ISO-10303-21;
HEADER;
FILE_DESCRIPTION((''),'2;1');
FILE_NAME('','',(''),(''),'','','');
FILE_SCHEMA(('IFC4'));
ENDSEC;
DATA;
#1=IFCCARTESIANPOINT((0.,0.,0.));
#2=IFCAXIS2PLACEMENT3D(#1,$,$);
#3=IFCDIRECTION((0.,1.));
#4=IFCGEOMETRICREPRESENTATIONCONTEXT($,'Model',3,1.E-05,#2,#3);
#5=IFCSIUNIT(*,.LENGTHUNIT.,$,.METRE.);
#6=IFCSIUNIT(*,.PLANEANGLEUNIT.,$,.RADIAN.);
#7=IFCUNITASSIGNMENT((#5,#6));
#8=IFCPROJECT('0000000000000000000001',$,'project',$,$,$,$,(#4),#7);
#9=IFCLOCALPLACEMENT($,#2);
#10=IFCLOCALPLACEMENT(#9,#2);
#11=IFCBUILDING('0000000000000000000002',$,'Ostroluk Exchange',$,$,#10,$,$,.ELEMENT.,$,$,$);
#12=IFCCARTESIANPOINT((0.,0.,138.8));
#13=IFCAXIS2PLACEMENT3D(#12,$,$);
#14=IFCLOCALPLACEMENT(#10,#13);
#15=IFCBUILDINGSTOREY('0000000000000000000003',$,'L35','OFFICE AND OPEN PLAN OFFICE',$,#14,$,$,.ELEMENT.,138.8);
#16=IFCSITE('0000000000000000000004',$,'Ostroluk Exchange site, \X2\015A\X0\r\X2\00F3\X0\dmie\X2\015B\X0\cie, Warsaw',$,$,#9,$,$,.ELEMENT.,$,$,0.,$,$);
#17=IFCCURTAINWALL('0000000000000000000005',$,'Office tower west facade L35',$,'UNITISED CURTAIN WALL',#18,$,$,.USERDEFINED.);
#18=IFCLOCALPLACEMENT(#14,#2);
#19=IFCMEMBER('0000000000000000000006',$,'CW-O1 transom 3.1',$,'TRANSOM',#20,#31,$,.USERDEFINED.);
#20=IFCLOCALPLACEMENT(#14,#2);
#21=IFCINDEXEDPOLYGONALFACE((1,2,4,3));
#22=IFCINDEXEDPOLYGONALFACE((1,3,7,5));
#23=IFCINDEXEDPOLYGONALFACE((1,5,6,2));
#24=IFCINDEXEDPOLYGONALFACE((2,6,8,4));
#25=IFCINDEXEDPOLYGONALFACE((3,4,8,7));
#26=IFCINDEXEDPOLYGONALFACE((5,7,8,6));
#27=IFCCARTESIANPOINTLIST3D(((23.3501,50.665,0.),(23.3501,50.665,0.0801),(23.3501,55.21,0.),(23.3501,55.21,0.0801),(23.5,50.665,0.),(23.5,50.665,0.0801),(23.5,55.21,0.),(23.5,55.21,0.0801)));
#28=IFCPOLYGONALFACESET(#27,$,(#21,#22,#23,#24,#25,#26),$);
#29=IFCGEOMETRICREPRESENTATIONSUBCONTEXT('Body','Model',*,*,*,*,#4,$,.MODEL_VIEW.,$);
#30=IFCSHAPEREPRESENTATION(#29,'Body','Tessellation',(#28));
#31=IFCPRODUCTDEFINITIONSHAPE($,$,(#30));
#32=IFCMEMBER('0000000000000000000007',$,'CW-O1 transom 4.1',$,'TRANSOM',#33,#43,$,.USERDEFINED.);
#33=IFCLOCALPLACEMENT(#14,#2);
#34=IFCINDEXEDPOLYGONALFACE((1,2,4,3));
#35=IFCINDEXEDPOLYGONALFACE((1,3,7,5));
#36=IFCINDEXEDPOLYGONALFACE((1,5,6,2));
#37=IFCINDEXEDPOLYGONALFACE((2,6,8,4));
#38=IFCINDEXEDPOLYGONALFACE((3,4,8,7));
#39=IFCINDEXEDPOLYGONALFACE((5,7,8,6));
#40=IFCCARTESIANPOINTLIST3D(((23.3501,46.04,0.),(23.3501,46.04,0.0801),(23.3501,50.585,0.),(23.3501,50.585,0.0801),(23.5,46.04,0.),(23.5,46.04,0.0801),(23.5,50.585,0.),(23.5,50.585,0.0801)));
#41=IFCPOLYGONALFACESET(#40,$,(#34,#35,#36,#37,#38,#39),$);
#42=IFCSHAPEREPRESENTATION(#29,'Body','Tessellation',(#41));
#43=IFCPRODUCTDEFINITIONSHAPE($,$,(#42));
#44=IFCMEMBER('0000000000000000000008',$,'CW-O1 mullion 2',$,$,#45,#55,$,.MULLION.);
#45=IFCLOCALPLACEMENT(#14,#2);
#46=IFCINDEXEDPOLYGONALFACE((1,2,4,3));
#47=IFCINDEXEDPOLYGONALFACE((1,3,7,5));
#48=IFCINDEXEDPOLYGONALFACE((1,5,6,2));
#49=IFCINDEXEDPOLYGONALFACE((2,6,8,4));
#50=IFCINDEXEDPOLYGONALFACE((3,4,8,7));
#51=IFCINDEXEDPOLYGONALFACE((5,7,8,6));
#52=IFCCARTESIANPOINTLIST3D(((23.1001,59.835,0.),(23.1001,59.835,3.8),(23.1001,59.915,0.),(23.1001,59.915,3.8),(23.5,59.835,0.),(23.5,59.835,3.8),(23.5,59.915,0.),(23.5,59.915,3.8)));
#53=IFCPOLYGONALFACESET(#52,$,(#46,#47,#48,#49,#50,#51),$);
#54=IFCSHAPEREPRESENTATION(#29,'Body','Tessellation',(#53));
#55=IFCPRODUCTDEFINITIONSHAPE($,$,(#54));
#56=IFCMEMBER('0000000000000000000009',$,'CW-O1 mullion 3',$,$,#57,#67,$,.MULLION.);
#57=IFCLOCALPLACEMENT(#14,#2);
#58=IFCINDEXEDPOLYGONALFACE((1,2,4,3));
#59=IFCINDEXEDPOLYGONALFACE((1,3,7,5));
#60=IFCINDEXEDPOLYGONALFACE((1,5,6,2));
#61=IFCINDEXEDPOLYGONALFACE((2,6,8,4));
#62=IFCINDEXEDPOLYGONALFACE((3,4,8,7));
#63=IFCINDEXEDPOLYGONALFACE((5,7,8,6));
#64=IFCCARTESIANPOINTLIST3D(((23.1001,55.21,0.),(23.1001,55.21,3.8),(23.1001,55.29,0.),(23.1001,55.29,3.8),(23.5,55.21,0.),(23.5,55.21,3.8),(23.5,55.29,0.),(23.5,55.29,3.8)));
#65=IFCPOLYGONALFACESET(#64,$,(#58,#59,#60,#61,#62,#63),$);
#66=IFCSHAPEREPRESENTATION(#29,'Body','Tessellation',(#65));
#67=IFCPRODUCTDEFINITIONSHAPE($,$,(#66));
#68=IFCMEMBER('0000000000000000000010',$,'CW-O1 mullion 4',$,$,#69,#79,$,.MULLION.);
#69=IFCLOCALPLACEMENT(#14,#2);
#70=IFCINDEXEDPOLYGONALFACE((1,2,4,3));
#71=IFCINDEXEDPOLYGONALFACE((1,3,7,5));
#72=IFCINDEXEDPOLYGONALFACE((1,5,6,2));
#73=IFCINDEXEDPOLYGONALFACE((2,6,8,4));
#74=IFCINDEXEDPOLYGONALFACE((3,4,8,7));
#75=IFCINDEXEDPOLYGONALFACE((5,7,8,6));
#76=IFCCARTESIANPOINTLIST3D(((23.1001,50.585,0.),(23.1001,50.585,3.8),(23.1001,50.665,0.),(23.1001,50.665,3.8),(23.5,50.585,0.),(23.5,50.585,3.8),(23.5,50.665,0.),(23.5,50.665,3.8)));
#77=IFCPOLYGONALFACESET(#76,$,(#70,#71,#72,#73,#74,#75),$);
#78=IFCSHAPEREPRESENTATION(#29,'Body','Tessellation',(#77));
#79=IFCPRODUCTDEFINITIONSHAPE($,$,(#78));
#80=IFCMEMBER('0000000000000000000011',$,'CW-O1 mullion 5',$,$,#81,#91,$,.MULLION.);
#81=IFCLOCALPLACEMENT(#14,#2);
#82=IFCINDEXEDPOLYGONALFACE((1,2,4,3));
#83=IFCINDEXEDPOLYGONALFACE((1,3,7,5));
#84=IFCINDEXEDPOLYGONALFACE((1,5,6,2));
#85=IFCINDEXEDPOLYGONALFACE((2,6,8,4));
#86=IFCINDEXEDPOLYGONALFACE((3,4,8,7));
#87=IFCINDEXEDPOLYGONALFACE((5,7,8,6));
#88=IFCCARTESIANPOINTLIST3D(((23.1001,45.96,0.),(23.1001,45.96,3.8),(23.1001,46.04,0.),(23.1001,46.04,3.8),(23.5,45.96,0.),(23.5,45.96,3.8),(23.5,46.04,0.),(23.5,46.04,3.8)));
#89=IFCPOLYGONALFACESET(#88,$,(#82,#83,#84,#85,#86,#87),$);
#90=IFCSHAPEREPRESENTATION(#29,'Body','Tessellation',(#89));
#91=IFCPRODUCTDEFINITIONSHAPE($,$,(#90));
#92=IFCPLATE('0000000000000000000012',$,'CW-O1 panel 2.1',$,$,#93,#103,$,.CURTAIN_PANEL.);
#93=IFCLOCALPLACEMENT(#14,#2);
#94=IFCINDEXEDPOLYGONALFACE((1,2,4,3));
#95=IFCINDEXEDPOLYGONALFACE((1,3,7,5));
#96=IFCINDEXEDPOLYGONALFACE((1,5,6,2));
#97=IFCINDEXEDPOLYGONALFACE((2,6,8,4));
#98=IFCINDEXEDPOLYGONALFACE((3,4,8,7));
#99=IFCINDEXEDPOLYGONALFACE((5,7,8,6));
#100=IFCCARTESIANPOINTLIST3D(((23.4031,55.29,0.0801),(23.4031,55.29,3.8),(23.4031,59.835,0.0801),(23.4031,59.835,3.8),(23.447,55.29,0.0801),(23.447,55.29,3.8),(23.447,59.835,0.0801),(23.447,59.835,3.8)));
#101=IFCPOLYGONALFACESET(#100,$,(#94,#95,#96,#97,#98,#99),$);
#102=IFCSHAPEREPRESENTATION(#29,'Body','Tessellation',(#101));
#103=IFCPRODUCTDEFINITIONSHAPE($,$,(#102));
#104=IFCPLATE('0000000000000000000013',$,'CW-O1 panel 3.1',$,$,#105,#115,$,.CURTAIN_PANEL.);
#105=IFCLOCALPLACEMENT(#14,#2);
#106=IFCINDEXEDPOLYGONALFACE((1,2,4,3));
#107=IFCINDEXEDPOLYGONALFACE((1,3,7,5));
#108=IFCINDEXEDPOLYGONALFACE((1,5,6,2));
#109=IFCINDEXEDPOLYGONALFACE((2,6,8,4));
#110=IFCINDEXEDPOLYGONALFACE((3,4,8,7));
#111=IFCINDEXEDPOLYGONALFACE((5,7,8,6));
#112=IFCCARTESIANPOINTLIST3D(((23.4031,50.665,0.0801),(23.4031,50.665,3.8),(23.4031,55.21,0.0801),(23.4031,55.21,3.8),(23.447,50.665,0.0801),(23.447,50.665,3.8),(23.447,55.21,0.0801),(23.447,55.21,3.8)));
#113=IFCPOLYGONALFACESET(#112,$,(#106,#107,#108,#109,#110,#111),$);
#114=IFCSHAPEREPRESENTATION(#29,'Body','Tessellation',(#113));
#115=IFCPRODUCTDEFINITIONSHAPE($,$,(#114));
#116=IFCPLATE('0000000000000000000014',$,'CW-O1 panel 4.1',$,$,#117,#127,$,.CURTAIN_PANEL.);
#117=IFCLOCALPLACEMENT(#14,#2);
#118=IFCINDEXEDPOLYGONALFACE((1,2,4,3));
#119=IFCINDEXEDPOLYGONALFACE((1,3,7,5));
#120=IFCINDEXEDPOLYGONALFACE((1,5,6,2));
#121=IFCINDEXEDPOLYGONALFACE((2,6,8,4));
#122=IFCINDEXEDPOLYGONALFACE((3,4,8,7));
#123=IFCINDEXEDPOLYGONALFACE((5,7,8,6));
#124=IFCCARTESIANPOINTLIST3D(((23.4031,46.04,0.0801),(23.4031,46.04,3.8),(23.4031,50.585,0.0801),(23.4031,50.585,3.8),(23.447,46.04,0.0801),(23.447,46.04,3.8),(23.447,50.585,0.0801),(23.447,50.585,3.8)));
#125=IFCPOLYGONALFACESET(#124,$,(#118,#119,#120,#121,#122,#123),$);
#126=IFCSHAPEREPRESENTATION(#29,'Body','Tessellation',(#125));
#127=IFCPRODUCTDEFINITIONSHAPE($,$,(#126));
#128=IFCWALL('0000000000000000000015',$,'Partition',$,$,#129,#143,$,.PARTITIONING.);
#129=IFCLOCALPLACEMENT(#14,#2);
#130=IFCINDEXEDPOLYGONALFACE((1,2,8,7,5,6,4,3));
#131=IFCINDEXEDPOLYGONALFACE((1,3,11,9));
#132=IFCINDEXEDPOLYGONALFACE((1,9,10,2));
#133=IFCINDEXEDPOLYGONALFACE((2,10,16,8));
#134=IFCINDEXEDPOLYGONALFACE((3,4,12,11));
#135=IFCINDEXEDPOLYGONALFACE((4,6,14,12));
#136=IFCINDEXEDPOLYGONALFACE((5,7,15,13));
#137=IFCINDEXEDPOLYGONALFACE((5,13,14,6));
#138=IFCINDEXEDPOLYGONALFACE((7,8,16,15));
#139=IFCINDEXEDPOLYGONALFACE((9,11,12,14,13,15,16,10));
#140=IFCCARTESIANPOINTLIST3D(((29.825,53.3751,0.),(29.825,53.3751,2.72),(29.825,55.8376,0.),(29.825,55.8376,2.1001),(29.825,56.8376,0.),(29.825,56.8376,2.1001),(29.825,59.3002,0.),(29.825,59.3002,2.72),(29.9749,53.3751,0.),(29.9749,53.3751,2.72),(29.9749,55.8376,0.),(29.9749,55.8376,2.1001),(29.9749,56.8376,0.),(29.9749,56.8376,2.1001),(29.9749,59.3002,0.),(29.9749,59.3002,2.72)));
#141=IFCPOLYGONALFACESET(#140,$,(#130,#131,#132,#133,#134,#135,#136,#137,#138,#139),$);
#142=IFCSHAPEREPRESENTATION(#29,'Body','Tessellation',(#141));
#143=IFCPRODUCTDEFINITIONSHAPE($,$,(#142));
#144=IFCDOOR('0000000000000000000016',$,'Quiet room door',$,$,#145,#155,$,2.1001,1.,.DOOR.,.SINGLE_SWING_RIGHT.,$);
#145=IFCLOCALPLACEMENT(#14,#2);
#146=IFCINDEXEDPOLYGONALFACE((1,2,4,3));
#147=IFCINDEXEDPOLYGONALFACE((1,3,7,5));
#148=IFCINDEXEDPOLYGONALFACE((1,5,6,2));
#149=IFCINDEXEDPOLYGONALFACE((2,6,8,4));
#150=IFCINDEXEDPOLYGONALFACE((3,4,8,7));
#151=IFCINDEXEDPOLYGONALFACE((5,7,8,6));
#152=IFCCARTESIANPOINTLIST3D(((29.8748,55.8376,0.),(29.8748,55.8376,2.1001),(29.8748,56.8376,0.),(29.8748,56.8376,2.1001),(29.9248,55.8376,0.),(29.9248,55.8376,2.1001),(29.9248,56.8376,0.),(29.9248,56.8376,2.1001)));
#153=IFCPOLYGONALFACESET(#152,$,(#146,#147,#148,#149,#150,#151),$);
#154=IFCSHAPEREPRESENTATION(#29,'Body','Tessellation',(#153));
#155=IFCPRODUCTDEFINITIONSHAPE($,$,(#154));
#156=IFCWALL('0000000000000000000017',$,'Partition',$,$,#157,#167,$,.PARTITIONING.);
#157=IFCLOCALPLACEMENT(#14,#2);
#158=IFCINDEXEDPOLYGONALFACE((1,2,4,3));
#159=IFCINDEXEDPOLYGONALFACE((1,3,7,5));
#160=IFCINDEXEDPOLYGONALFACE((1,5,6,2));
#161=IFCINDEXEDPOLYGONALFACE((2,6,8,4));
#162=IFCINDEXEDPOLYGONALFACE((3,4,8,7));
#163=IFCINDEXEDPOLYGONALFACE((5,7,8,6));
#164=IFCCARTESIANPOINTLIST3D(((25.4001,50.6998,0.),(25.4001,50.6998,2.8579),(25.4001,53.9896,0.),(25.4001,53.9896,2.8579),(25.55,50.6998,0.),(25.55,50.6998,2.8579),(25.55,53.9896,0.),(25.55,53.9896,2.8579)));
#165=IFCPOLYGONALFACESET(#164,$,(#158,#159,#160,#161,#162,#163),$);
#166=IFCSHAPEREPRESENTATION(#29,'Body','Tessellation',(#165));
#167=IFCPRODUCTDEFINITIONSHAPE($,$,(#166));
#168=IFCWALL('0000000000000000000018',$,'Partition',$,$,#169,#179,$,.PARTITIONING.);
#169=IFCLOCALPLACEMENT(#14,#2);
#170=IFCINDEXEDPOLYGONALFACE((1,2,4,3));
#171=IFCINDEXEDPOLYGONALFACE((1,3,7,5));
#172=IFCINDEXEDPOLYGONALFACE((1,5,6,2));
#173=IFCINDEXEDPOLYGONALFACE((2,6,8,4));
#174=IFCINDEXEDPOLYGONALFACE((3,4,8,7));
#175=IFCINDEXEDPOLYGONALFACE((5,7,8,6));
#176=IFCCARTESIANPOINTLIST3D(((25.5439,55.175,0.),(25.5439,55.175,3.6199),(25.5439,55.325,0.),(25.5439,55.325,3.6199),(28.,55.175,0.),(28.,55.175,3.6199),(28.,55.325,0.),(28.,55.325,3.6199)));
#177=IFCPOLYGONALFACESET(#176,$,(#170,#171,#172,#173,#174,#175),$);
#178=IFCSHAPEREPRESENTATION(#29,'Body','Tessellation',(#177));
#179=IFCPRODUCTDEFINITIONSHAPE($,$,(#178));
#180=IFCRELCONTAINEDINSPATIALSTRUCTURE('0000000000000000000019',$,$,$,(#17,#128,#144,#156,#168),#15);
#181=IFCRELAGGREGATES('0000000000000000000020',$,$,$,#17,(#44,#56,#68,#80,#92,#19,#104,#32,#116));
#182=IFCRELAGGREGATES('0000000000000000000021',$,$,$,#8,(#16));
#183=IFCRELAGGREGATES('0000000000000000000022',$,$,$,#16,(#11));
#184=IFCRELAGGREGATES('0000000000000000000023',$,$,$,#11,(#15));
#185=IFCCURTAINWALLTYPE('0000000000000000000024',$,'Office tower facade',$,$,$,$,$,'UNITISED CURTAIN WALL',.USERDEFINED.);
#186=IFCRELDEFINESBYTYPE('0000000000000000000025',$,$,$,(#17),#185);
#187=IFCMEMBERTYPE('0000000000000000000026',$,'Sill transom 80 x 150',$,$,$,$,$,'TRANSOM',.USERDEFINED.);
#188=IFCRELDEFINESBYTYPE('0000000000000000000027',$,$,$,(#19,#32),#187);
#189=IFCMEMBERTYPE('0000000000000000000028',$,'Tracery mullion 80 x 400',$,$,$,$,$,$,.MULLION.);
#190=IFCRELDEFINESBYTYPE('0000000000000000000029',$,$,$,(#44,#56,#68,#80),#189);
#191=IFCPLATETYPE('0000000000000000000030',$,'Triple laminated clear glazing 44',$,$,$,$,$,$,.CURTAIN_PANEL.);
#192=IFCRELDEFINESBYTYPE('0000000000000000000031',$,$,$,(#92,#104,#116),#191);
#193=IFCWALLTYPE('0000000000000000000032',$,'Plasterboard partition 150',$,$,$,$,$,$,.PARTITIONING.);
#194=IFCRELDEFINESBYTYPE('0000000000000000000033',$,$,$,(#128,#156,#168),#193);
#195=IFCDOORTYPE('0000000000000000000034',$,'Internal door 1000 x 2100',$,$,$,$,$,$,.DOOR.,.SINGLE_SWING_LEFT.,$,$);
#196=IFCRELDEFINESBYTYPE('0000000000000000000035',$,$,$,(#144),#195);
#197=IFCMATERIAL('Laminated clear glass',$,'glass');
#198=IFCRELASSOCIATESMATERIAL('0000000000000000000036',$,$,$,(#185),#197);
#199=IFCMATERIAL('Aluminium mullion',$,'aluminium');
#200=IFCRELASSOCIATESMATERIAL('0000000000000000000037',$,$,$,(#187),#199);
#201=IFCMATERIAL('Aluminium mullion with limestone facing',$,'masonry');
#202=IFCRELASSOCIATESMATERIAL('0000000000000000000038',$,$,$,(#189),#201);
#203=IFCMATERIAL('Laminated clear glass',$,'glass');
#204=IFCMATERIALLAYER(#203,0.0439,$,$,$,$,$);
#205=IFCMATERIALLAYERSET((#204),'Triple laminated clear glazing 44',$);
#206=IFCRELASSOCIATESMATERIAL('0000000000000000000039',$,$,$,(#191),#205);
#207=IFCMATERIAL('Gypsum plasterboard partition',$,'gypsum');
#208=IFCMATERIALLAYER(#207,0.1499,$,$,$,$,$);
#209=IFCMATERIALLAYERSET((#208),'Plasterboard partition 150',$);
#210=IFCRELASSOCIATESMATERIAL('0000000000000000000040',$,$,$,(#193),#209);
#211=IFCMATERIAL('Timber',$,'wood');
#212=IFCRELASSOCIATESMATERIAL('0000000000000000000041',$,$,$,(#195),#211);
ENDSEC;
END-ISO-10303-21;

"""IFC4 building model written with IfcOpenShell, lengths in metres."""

from ifc_helpers import new_model, si_unit, direction, frame, frame_2d, origin, origin_2d, place, context, subcontext, project, spatial, rectangle, extrude, material, layer, layer_set, material_profile, profile_set, type_object, element, fill, aggregate, save


model = new_model("IFC4")

# Units and contexts
model_context = context("Model", 3, precision=1e-05, world=origin(), true_north=direction((0.0, 1.0)))
body_context = subcontext(model_context, "Body", "Model", "MODEL_VIEW")
ifc_project = project(units=[si_unit("LENGTHUNIT", "METRE"), si_unit("PLANEANGLEUNIT", "RADIAN")], contexts=[model_context])

# Site, building, storey
site_placement = place(None, origin())
site = spatial("IfcSite", under=ifc_project, at=site_placement, Name="Ostroluk Exchange site, Śródmieście, Warsaw", CompositionType="ELEMENT", RefElevation=0.0)
building_placement = place(site_placement, origin())
building = spatial("IfcBuilding", under=site, at=building_placement, Name="Ostroluk Exchange", CompositionType="ELEMENT")
storey_placement = place(building_placement, frame((0.0, 0.0, 138.8)))
storey = spatial("IfcBuildingStorey", under=building, at=storey_placement, Name="L35", Description="OFFICE AND OPEN PLAN OFFICE", CompositionType="ELEMENT", Elevation=138.8)

# Curtain wall, members, plates
ifc_material_1 = material(Name="Laminated clear glass", Category="glass")
curtain_wall_type = type_object("IfcCurtainWallType", Name="Office tower facade", ElementType="UNITISED CURTAIN WALL", PredefinedType="USERDEFINED", material=ifc_material_1)
curtain_wall_placement = place(storey_placement, origin())
curtain_wall = element("IfcCurtainWall", 1, at=curtain_wall_placement, inside=storey, type_object=curtain_wall_type, Name="Office tower west facade L35", ObjectType="UNITISED CURTAIN WALL", PredefinedType="USERDEFINED")
ifc_material_2 = material(Name="Aluminium mullion", Category="aluminium")
ifc_material_profile_1 = material_profile(ifc_material_2, rectangle(XDim=0.1499, YDim=0.0801, at=origin_2d()), Name="Sill transom 80 x 150")
ifc_profile_set_1 = profile_set([ifc_material_profile_1], Name="Aluminium mullion")
member_type_1 = type_object("IfcMemberType", Name="Sill transom 80 x 150", ElementType="TRANSOM", PredefinedType="USERDEFINED", material=ifc_profile_set_1)
member_1_placement = place(storey_placement, frame((23.425, 55.21, 0.04), z_axis=(0.0, -1.0, 0.0), x_axis=(1.0, 0.0, 0.0)))
member_1 = element("IfcMember", 2, at=member_1_placement, type_object=member_type_1, Name="CW-O1 transom 3.1", ObjectType="TRANSOM", PredefinedType="USERDEFINED", context=body_context, shape_type="SweptSolid", body=[
    extrude(rectangle(XDim=0.1499, YDim=0.0801, at=origin_2d()), origin(), (0.0, 0.0, 1.0), 4.5449),
])
member_2_placement = place(storey_placement, frame((23.425, 50.585, 0.04), z_axis=(0.0, -1.0, 0.0), x_axis=(1.0, 0.0, 0.0)))
member_2 = element("IfcMember", 3, at=member_2_placement, type_object=member_type_1, Name="CW-O1 transom 4.1", ObjectType="TRANSOM", PredefinedType="USERDEFINED", context=body_context, shape_type="SweptSolid", body=[
    extrude(rectangle(XDim=0.1499, YDim=0.0801, at=origin_2d()), origin(), (0.0, 0.0, 1.0), 4.5449),
])
ifc_material_3 = material(Name="Aluminium mullion with limestone facing", Category="masonry")
ifc_material_profile_2 = material_profile(ifc_material_3, rectangle(XDim=0.3999, YDim=0.0801, at=origin_2d()), Name="Tracery mullion 80 x 400")
ifc_profile_set_2 = profile_set([ifc_material_profile_2], Name="Aluminium mullion with limestone facing")
member_type_2 = type_object("IfcMemberType", Name="Tracery mullion 80 x 400", PredefinedType="MULLION", material=ifc_profile_set_2)
member_3_placement = place(storey_placement, frame((23.3, 59.875, 0.0), z_axis=(0.0, 0.0, 1.0), x_axis=(1.0, 0.0, 0.0)))
member_3 = element("IfcMember", 4, at=member_3_placement, type_object=member_type_2, Name="CW-O1 mullion 2", PredefinedType="MULLION", context=body_context, shape_type="SweptSolid", body=[
    extrude(rectangle(XDim=0.3999, YDim=0.0801, at=origin_2d()), origin(), (0.0, 0.0, 1.0), 3.8),
])
member_4_placement = place(storey_placement, frame((23.3, 55.25, 0.0), z_axis=(0.0, 0.0, 1.0), x_axis=(1.0, 0.0, 0.0)))
member_4 = element("IfcMember", 5, at=member_4_placement, type_object=member_type_2, Name="CW-O1 mullion 3", PredefinedType="MULLION", context=body_context, shape_type="SweptSolid", body=[
    extrude(rectangle(XDim=0.3999, YDim=0.0801, at=origin_2d()), origin(), (0.0, 0.0, 1.0), 3.8),
])
member_5_placement = place(storey_placement, frame((23.3, 50.625, 0.0), z_axis=(0.0, 0.0, 1.0), x_axis=(1.0, 0.0, 0.0)))
member_5 = element("IfcMember", 6, at=member_5_placement, type_object=member_type_2, Name="CW-O1 mullion 4", PredefinedType="MULLION", context=body_context, shape_type="SweptSolid", body=[
    extrude(rectangle(XDim=0.3999, YDim=0.0801, at=origin_2d()), origin(), (0.0, 0.0, 1.0), 3.8),
])
member_6_placement = place(storey_placement, frame((23.3, 46.0, 0.0), z_axis=(0.0, 0.0, 1.0), x_axis=(1.0, 0.0, 0.0)))
member_6 = element("IfcMember", 7, at=member_6_placement, type_object=member_type_2, Name="CW-O1 mullion 5", PredefinedType="MULLION", context=body_context, shape_type="SweptSolid", body=[
    extrude(rectangle(XDim=0.3999, YDim=0.0801, at=origin_2d()), origin(), (0.0, 0.0, 1.0), 3.8),
])
ifc_material_4 = material(Name="Laminated clear glass", Category="glass")
ifc_layer_1 = layer(ifc_material_4, 0.0439)
ifc_layer_set_1 = layer_set([ifc_layer_1], Name="Triple laminated clear glazing 44")
plate_type = type_object("IfcPlateType", Name="Triple laminated clear glazing 44", PredefinedType="CURTAIN_PANEL", material=ifc_layer_set_1)
plate_1_placement = place(storey_placement, frame((23.425, 57.5625, 0.0801), z_axis=(0.0, 0.0, 1.0), x_axis=(0.0, -1.0, 0.0)))
plate_1 = element("IfcPlate", 8, at=plate_1_placement, type_object=plate_type, Name="CW-O1 panel 2.1", PredefinedType="CURTAIN_PANEL", context=body_context, shape_type="SweptSolid", body=[
    extrude(rectangle(XDim=4.5449, YDim=0.0439, at=origin_2d()), origin(), (0.0, 0.0, 1.0), 3.72),
])
plate_2_placement = place(storey_placement, frame((23.425, 52.9375, 0.0801), z_axis=(0.0, 0.0, 1.0), x_axis=(0.0, -1.0, 0.0)))
plate_2 = element("IfcPlate", 9, at=plate_2_placement, type_object=plate_type, Name="CW-O1 panel 3.1", PredefinedType="CURTAIN_PANEL", context=body_context, shape_type="SweptSolid", body=[
    extrude(rectangle(XDim=4.5449, YDim=0.0439, at=origin_2d()), origin(), (0.0, 0.0, 1.0), 3.72),
])
plate_3_placement = place(storey_placement, frame((23.425, 48.3125, 0.0801), z_axis=(0.0, 0.0, 1.0), x_axis=(0.0, -1.0, 0.0)))
plate_3 = element("IfcPlate", 10, at=plate_3_placement, type_object=plate_type, Name="CW-O1 panel 4.1", PredefinedType="CURTAIN_PANEL", context=body_context, shape_type="SweptSolid", body=[
    extrude(rectangle(XDim=4.5449, YDim=0.0439, at=origin_2d()), origin(), (0.0, 0.0, 1.0), 3.72),
])
aggregate(curtain_wall, [member_3, member_4, member_5, member_6, plate_1, member_1, plate_2, member_2, plate_3])

# Wall, opening, door
ifc_material_5 = material(Name="Gypsum plasterboard partition", Category="gypsum")
ifc_layer_2 = layer(ifc_material_5, 0.1499)
ifc_layer_set_2 = layer_set([ifc_layer_2], Name="Plasterboard partition 150")
wall_type = type_object("IfcWallType", Name="Plasterboard partition 150", PredefinedType="PARTITIONING", material=ifc_layer_set_2)
wall_1_placement = place(storey_placement, frame((29.8999, 59.3, 0.0), z_axis=(0.0, 0.0, 1.0), x_axis=(0.0, -1.0, 0.0)))
wall_1 = element("IfcWall", 11, at=wall_1_placement, inside=storey, type_object=wall_type, Name="Partition", PredefinedType="PARTITIONING", context=body_context, shape_type="SweptSolid", body=[
    extrude(rectangle(XDim=5.925, YDim=0.1499, at=frame_2d((2.9624, 0.0))), origin(), (0.0, 0.0, 1.0), 2.72),
])
opening_placement = place(wall_1_placement, frame((2.4624, 0.0, 0.0)))
opening = element("IfcOpeningElement", 12, at=opening_placement, cuts=wall_1, PredefinedType="OPENING", context=body_context, shape_type="SweptSolid", body=[
    extrude(rectangle(XDim=1.0, YDim=2.1001, at=frame_2d((0.5, 1.05))), frame((0.0, 0.085, 0.0), z_axis=(0.0, -1.0, 0.0), x_axis=(1.0, 0.0, 0.0)), (0.0, 0.0, 1.0), 0.1699),
])
ifc_material_6 = material(Name="Timber", Category="wood")
door_type = type_object("IfcDoorType", Name="Internal door 1000 x 2100", OperationType="SINGLE_SWING_LEFT", PredefinedType="DOOR", material=ifc_material_6)
door_placement = place(opening_placement, origin())
door = element("IfcDoor", 13, at=door_placement, inside=storey, type_object=door_type, Name="Quiet room door", OperationType="SINGLE_SWING_RIGHT", OverallHeight=2.1001, OverallWidth=1.0, PredefinedType="DOOR", context=body_context, shape_type="SweptSolid", body=[
    extrude(rectangle(XDim=1.0, YDim=2.1001, at=frame_2d((0.5, 1.05))), frame((0.0, 0.0249, 0.0), z_axis=(0.0, -1.0, 0.0), x_axis=(1.0, 0.0, 0.0)), (0.0, 0.0, 1.0), 0.05),
])
fill(opening, door)

# Walls
wall_2_placement = place(storey_placement, frame((25.4751, 53.9897, 0.0), z_axis=(0.0, 0.0, 1.0), x_axis=(0.0, -1.0, 0.0)))
element("IfcWall", 14, at=wall_2_placement, inside=storey, type_object=wall_type, Name="Partition", PredefinedType="PARTITIONING", context=body_context, shape_type="SweptSolid", body=[
    extrude(rectangle(XDim=3.2898, YDim=0.1499, at=frame_2d((1.645, 0.0))), origin(), (0.0, 0.0, 1.0), 2.8579),
])
wall_3_placement = place(storey_placement, frame((28.0, 55.25, 0.0), z_axis=(0.0, 0.0, 1.0), x_axis=(-1.0, 0.0, 0.0)))
element("IfcWall", 15, at=wall_3_placement, inside=storey, type_object=wall_type, Name="Partition", PredefinedType="PARTITIONING", context=body_context, shape_type="SweptSolid", body=[
    extrude(rectangle(XDim=2.4561, YDim=0.1499, at=frame_2d((1.228, 0.0))), origin(), (0.0, 0.0, 1.0), 3.6199),
])

save(model, "model.ifc")
